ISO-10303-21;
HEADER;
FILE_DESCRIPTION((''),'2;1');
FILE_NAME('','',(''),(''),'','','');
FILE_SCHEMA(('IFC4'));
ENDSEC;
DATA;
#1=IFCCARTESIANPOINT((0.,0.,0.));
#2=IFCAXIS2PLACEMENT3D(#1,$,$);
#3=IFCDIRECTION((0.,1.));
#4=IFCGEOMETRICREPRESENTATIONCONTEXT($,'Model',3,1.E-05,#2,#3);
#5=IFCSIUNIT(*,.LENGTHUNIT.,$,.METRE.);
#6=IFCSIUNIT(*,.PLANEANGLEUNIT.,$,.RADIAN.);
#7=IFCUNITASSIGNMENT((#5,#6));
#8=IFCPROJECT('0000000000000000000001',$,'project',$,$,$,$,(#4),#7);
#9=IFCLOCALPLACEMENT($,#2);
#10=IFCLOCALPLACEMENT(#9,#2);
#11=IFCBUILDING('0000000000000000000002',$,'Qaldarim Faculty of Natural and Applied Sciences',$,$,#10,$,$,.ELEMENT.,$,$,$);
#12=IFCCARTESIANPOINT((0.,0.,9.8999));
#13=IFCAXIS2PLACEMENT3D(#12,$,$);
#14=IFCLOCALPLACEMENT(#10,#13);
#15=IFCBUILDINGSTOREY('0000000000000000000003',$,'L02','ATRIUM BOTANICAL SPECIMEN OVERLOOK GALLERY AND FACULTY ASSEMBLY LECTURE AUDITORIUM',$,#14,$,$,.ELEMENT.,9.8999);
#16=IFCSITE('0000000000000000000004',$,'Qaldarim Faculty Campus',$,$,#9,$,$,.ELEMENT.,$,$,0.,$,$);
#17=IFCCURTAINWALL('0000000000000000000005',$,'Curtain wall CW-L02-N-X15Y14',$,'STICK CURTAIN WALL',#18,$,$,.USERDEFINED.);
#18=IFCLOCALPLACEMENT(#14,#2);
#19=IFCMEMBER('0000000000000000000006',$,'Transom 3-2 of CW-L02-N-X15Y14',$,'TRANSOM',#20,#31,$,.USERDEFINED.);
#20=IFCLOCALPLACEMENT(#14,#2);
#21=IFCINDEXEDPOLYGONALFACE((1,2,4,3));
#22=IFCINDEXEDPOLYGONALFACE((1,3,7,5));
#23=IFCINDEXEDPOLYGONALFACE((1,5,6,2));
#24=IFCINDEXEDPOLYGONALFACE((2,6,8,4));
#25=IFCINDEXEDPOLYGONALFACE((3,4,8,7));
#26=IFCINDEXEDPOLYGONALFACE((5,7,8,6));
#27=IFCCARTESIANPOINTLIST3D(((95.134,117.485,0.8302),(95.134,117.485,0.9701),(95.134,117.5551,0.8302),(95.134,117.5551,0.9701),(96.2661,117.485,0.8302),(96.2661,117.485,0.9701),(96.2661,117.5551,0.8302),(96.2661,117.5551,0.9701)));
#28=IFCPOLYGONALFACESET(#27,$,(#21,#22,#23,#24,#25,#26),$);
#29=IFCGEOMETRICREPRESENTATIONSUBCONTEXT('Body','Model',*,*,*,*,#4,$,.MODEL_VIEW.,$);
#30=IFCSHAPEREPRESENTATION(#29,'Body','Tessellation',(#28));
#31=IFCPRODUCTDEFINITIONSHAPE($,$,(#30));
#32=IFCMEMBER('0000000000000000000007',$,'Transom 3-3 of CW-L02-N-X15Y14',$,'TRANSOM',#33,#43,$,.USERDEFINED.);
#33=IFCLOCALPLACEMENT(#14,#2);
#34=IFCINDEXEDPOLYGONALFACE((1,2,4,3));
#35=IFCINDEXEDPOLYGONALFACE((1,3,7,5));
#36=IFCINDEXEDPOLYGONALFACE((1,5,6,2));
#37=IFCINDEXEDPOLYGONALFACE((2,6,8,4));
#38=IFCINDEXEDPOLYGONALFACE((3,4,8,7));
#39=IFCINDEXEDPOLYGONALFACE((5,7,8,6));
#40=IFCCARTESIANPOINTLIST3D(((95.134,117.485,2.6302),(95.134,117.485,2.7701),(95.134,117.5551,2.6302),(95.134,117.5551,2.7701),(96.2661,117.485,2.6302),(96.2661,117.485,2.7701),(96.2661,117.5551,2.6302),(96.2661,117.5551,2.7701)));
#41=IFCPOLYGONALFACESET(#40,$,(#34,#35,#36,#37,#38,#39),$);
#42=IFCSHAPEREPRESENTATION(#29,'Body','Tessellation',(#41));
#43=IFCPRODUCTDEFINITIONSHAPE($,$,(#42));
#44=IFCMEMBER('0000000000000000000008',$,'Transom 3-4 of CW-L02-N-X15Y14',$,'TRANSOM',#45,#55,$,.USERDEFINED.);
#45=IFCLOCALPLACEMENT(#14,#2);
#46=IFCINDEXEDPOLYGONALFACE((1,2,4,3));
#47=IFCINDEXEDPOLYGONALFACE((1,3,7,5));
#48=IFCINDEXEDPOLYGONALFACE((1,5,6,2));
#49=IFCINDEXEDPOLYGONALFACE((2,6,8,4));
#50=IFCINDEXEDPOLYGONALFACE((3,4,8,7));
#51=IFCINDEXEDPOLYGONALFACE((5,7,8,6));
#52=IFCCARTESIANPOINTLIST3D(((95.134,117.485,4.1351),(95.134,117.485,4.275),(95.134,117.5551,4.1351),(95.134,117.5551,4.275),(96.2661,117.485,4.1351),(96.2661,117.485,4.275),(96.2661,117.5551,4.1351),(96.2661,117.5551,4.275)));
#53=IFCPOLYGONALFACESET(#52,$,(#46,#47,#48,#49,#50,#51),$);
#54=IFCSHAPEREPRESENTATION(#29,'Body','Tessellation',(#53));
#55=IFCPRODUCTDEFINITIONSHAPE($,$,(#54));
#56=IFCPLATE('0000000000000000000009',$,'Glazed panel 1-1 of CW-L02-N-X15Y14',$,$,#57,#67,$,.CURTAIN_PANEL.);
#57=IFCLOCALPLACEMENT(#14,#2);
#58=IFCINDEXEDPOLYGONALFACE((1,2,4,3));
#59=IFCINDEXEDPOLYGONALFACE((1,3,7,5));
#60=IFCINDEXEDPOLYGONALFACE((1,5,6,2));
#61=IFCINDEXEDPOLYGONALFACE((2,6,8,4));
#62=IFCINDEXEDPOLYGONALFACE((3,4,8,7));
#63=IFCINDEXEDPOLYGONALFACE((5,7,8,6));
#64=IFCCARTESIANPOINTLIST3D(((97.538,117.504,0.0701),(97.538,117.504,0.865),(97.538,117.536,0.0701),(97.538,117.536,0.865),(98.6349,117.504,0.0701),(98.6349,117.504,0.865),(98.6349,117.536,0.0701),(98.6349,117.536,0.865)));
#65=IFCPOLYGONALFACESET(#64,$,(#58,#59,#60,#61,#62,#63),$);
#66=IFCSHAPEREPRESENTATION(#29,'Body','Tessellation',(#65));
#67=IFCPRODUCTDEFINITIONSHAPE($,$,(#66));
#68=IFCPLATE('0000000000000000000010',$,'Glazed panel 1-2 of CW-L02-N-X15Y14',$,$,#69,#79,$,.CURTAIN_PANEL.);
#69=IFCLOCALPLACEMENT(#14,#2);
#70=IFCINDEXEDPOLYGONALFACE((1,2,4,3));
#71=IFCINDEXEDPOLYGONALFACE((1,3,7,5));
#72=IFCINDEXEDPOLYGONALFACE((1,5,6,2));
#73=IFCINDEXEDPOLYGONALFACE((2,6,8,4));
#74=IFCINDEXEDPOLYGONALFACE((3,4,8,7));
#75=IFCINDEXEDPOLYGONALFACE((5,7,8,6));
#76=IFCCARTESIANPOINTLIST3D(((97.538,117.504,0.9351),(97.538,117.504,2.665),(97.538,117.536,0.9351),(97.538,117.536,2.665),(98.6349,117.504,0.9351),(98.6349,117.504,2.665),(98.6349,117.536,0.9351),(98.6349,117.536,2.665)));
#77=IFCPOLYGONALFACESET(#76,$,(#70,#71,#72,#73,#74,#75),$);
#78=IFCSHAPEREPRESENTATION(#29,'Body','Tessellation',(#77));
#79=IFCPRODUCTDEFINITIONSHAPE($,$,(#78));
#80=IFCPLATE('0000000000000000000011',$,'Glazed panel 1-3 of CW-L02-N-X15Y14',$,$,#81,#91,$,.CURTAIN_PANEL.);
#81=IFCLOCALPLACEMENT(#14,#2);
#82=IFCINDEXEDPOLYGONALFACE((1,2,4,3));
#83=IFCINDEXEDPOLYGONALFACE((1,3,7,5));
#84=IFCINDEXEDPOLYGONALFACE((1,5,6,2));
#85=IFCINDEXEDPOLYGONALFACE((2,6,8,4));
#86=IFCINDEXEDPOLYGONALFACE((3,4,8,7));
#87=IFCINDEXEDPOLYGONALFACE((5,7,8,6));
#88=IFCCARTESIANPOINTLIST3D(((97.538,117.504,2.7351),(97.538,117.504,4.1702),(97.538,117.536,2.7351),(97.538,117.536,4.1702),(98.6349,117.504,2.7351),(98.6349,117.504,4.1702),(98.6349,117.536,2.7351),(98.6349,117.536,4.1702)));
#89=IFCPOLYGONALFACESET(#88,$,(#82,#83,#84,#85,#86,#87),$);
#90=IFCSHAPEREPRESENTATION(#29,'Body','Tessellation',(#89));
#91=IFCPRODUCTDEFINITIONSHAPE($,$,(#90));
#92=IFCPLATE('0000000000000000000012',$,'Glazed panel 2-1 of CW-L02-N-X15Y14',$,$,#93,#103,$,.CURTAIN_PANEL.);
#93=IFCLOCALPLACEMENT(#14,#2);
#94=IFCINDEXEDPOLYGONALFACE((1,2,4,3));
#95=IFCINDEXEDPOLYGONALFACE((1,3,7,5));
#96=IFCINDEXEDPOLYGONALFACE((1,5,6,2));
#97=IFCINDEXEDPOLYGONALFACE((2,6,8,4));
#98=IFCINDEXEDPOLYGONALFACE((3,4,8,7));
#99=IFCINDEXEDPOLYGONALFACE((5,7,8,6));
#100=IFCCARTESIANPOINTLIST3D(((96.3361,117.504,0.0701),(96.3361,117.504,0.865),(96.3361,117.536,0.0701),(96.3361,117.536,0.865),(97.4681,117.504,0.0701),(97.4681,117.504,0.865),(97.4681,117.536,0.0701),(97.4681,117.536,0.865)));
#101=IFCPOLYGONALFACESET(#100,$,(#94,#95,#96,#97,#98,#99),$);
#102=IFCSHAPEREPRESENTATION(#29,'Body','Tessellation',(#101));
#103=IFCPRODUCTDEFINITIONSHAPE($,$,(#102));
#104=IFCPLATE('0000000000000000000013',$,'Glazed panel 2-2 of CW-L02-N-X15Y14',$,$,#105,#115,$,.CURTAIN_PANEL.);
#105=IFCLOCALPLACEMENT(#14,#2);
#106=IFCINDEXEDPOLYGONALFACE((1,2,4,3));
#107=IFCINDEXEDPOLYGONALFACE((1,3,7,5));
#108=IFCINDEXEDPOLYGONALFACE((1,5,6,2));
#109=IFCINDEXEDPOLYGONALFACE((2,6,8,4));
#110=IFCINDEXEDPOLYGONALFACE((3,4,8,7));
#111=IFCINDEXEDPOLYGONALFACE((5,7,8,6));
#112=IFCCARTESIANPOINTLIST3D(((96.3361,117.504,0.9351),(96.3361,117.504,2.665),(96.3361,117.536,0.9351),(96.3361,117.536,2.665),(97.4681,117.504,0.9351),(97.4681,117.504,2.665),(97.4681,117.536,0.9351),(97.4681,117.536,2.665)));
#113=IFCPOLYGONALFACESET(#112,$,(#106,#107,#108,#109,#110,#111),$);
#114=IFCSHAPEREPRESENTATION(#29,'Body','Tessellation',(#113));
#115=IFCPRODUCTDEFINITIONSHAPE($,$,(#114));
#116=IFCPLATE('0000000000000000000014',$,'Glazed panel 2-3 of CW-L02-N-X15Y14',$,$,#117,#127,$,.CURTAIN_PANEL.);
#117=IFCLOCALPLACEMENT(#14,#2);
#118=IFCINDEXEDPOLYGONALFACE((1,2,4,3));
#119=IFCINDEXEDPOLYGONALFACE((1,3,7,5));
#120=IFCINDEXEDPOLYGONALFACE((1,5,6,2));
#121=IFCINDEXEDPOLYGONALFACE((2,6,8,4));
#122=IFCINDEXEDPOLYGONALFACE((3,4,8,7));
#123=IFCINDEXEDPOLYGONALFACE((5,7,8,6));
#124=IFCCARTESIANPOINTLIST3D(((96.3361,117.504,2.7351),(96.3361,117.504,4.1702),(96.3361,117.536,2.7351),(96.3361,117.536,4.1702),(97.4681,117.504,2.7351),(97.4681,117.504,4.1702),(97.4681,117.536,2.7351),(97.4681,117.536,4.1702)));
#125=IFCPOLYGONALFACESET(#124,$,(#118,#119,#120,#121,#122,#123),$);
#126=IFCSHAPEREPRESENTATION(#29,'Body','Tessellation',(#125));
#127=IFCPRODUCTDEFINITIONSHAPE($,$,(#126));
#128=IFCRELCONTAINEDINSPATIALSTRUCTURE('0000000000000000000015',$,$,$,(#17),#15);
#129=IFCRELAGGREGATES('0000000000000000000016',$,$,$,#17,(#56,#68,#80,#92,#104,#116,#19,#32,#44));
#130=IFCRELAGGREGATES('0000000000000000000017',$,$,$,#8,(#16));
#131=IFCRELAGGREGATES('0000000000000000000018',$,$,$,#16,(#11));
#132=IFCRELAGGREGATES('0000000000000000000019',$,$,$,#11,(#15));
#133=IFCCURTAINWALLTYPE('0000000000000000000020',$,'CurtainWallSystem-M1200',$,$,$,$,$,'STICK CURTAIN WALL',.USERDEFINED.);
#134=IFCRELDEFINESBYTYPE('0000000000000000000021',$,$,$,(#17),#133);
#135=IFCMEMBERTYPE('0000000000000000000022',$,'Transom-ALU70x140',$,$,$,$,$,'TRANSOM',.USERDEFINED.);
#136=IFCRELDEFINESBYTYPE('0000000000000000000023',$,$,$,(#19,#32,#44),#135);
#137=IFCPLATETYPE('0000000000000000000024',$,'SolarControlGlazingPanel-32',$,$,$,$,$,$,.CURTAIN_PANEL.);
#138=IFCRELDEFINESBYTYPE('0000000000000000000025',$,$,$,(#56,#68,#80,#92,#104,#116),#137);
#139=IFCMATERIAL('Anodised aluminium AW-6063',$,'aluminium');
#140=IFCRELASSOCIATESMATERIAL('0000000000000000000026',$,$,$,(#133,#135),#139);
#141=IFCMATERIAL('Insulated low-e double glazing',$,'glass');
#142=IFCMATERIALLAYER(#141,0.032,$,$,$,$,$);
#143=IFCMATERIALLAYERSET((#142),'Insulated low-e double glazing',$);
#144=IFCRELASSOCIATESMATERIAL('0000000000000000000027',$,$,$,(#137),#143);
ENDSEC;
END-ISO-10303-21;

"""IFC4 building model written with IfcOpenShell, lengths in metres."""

from ifc_helpers import new_model, si_unit, direction, frame, origin, origin_2d, place, context, subcontext, project, spatial, rectangle, extrude, material, layer, layer_set, material_profile, profile_set, type_object, element, aggregate, save


model = new_model("IFC4")

# Units and contexts
model_context = context("Model", 3, precision=1e-05, world=origin(), true_north=direction((0.0, 1.0)))
body_context = subcontext(model_context, "Body", "Model", "MODEL_VIEW")
ifc_project = project(units=[si_unit("LENGTHUNIT", "METRE"), si_unit("PLANEANGLEUNIT", "RADIAN")], contexts=[model_context])

# Site, building, storey
site_placement = place(None, origin())
site = spatial("IfcSite", under=ifc_project, at=site_placement, Name="Qaldarim Faculty Campus", CompositionType="ELEMENT", RefElevation=0.0)
building_placement = place(site_placement, origin())
building = spatial("IfcBuilding", under=site, at=building_placement, Name="Qaldarim Faculty of Natural and Applied Sciences", CompositionType="ELEMENT")
storey_placement = place(building_placement, frame((0.0, 0.0, 9.8999)))
storey = spatial("IfcBuildingStorey", under=building, at=storey_placement, Name="L02", Description="ATRIUM BOTANICAL SPECIMEN OVERLOOK GALLERY AND FACULTY ASSEMBLY LECTURE AUDITORIUM", CompositionType="ELEMENT", Elevation=9.8999)

# Curtain wall, members, plates
ifc_material_1 = material(Name="Anodised aluminium AW-6063", Category="aluminium")
curtain_wall_type = type_object("IfcCurtainWallType", Name="CurtainWallSystem-M1200", ElementType="STICK CURTAIN WALL", PredefinedType="USERDEFINED", material=ifc_material_1)
curtain_wall_placement = place(storey_placement, origin())
curtain_wall = element("IfcCurtainWall", 1, at=curtain_wall_placement, inside=storey, type_object=curtain_wall_type, Name="Curtain wall CW-L02-N-X15Y14", ObjectType="STICK CURTAIN WALL", PredefinedType="USERDEFINED")
ifc_material_profile_1 = material_profile(ifc_material_1, rectangle(XDim=0.0701, YDim=0.1399, at=origin_2d()), Name="ALU-T70x140")
ifc_profile_set_1 = profile_set([ifc_material_profile_1], Name="Anodised aluminium AW-6063")
member_type_1 = type_object("IfcMemberType", Name="Transom-ALU70x140", ElementType="TRANSOM", PredefinedType="USERDEFINED", material=ifc_profile_set_1)
member_1_placement = place(storey_placement, frame((96.2661, 117.52, 0.9001), z_axis=(-1.0, 0.0, 0.0), x_axis=(0.0, -1.0, 0.0)))
member_1 = element("IfcMember", 2, at=member_1_placement, type_object=member_type_1, Name="Transom 3-2 of CW-L02-N-X15Y14", ObjectType="TRANSOM", PredefinedType="USERDEFINED", context=body_context, shape_type="SweptSolid", body=[
    extrude(rectangle(XDim=0.0701, YDim=0.1399, at=origin_2d()), origin(), (0.0, 0.0, 1.0), 1.1321),
])
member_2_placement = place(storey_placement, frame((96.2661, 117.52, 2.7002), z_axis=(-1.0, 0.0, 0.0), x_axis=(0.0, -1.0, 0.0)))
member_2 = element("IfcMember", 3, at=member_2_placement, type_object=member_type_1, Name="Transom 3-3 of CW-L02-N-X15Y14", ObjectType="TRANSOM", PredefinedType="USERDEFINED", context=body_context, shape_type="SweptSolid", body=[
    extrude(rectangle(XDim=0.0701, YDim=0.1399, at=origin_2d()), origin(), (0.0, 0.0, 1.0), 1.1321),
])
member_3_placement = place(storey_placement, frame((96.2661, 117.52, 4.2051), z_axis=(-1.0, 0.0, 0.0), x_axis=(0.0, -1.0, 0.0)))
member_3 = element("IfcMember", 4, at=member_3_placement, type_object=member_type_1, Name="Transom 3-4 of CW-L02-N-X15Y14", ObjectType="TRANSOM", PredefinedType="USERDEFINED", context=body_context, shape_type="SweptSolid", body=[
    extrude(rectangle(XDim=0.0701, YDim=0.1399, at=origin_2d()), origin(), (0.0, 0.0, 1.0), 1.1321),
])
ifc_material_2 = material(Name="Insulated low-e double glazing", Category="glass")
ifc_layer = layer(ifc_material_2, 0.032)
ifc_layer_set = layer_set([ifc_layer], Name="Insulated low-e double glazing")
plate_type = type_object("IfcPlateType", Name="SolarControlGlazingPanel-32", PredefinedType="CURTAIN_PANEL", material=ifc_layer_set)
plate_1_placement = place(storey_placement, frame((98.0864, 117.52, 0.0701), z_axis=(0.0, 0.0, 1.0), x_axis=(-1.0, 0.0, 0.0)))
plate_1 = element("IfcPlate", 5, at=plate_1_placement, type_object=plate_type, Name="Glazed panel 1-1 of CW-L02-N-X15Y14", PredefinedType="CURTAIN_PANEL", context=body_context, shape_type="SweptSolid", body=[
    extrude(rectangle(XDim=1.0969, YDim=0.032, at=origin_2d()), origin(), (0.0, 0.0, 1.0), 0.7949),
])
plate_2_placement = place(storey_placement, frame((98.0864, 117.52, 0.9351), z_axis=(0.0, 0.0, 1.0), x_axis=(-1.0, 0.0, 0.0)))
plate_2 = element("IfcPlate", 6, at=plate_2_placement, type_object=plate_type, Name="Glazed panel 1-2 of CW-L02-N-X15Y14", PredefinedType="CURTAIN_PANEL", context=body_context, shape_type="SweptSolid", body=[
    extrude(rectangle(XDim=1.0969, YDim=0.032, at=origin_2d()), origin(), (0.0, 0.0, 1.0), 1.73),
])
plate_3_placement = place(storey_placement, frame((98.0864, 117.52, 2.7351), z_axis=(0.0, 0.0, 1.0), x_axis=(-1.0, 0.0, 0.0)))
plate_3 = element("IfcPlate", 7, at=plate_3_placement, type_object=plate_type, Name="Glazed panel 1-3 of CW-L02-N-X15Y14", PredefinedType="CURTAIN_PANEL", context=body_context, shape_type="SweptSolid", body=[
    extrude(rectangle(XDim=1.0969, YDim=0.032, at=origin_2d()), origin(), (0.0, 0.0, 1.0), 1.4351),
])
plate_4_placement = place(storey_placement, frame((96.9021, 117.52, 0.0701), z_axis=(0.0, 0.0, 1.0), x_axis=(-1.0, 0.0, 0.0)))
plate_4 = element("IfcPlate", 8, at=plate_4_placement, type_object=plate_type, Name="Glazed panel 2-1 of CW-L02-N-X15Y14", PredefinedType="CURTAIN_PANEL", context=body_context, shape_type="SweptSolid", body=[
    extrude(rectangle(XDim=1.1321, YDim=0.032, at=origin_2d()), origin(), (0.0, 0.0, 1.0), 0.7949),
])
plate_5_placement = place(storey_placement, frame((96.9021, 117.52, 0.9351), z_axis=(0.0, 0.0, 1.0), x_axis=(-1.0, 0.0, 0.0)))
plate_5 = element("IfcPlate", 9, at=plate_5_placement, type_object=plate_type, Name="Glazed panel 2-2 of CW-L02-N-X15Y14", PredefinedType="CURTAIN_PANEL", context=body_context, shape_type="SweptSolid", body=[
    extrude(rectangle(XDim=1.1321, YDim=0.032, at=origin_2d()), origin(), (0.0, 0.0, 1.0), 1.73),
])
plate_6_placement = place(storey_placement, frame((96.9021, 117.52, 2.7351), z_axis=(0.0, 0.0, 1.0), x_axis=(-1.0, 0.0, 0.0)))
plate_6 = element("IfcPlate", 10, at=plate_6_placement, type_object=plate_type, Name="Glazed panel 2-3 of CW-L02-N-X15Y14", PredefinedType="CURTAIN_PANEL", context=body_context, shape_type="SweptSolid", body=[
    extrude(rectangle(XDim=1.1321, YDim=0.032, at=origin_2d()), origin(), (0.0, 0.0, 1.0), 1.4351),
])
aggregate(curtain_wall, [plate_1, plate_2, plate_3, plate_4, plate_5, plate_6, member_1, member_2, member_3])

save(model, "model.ifc")
